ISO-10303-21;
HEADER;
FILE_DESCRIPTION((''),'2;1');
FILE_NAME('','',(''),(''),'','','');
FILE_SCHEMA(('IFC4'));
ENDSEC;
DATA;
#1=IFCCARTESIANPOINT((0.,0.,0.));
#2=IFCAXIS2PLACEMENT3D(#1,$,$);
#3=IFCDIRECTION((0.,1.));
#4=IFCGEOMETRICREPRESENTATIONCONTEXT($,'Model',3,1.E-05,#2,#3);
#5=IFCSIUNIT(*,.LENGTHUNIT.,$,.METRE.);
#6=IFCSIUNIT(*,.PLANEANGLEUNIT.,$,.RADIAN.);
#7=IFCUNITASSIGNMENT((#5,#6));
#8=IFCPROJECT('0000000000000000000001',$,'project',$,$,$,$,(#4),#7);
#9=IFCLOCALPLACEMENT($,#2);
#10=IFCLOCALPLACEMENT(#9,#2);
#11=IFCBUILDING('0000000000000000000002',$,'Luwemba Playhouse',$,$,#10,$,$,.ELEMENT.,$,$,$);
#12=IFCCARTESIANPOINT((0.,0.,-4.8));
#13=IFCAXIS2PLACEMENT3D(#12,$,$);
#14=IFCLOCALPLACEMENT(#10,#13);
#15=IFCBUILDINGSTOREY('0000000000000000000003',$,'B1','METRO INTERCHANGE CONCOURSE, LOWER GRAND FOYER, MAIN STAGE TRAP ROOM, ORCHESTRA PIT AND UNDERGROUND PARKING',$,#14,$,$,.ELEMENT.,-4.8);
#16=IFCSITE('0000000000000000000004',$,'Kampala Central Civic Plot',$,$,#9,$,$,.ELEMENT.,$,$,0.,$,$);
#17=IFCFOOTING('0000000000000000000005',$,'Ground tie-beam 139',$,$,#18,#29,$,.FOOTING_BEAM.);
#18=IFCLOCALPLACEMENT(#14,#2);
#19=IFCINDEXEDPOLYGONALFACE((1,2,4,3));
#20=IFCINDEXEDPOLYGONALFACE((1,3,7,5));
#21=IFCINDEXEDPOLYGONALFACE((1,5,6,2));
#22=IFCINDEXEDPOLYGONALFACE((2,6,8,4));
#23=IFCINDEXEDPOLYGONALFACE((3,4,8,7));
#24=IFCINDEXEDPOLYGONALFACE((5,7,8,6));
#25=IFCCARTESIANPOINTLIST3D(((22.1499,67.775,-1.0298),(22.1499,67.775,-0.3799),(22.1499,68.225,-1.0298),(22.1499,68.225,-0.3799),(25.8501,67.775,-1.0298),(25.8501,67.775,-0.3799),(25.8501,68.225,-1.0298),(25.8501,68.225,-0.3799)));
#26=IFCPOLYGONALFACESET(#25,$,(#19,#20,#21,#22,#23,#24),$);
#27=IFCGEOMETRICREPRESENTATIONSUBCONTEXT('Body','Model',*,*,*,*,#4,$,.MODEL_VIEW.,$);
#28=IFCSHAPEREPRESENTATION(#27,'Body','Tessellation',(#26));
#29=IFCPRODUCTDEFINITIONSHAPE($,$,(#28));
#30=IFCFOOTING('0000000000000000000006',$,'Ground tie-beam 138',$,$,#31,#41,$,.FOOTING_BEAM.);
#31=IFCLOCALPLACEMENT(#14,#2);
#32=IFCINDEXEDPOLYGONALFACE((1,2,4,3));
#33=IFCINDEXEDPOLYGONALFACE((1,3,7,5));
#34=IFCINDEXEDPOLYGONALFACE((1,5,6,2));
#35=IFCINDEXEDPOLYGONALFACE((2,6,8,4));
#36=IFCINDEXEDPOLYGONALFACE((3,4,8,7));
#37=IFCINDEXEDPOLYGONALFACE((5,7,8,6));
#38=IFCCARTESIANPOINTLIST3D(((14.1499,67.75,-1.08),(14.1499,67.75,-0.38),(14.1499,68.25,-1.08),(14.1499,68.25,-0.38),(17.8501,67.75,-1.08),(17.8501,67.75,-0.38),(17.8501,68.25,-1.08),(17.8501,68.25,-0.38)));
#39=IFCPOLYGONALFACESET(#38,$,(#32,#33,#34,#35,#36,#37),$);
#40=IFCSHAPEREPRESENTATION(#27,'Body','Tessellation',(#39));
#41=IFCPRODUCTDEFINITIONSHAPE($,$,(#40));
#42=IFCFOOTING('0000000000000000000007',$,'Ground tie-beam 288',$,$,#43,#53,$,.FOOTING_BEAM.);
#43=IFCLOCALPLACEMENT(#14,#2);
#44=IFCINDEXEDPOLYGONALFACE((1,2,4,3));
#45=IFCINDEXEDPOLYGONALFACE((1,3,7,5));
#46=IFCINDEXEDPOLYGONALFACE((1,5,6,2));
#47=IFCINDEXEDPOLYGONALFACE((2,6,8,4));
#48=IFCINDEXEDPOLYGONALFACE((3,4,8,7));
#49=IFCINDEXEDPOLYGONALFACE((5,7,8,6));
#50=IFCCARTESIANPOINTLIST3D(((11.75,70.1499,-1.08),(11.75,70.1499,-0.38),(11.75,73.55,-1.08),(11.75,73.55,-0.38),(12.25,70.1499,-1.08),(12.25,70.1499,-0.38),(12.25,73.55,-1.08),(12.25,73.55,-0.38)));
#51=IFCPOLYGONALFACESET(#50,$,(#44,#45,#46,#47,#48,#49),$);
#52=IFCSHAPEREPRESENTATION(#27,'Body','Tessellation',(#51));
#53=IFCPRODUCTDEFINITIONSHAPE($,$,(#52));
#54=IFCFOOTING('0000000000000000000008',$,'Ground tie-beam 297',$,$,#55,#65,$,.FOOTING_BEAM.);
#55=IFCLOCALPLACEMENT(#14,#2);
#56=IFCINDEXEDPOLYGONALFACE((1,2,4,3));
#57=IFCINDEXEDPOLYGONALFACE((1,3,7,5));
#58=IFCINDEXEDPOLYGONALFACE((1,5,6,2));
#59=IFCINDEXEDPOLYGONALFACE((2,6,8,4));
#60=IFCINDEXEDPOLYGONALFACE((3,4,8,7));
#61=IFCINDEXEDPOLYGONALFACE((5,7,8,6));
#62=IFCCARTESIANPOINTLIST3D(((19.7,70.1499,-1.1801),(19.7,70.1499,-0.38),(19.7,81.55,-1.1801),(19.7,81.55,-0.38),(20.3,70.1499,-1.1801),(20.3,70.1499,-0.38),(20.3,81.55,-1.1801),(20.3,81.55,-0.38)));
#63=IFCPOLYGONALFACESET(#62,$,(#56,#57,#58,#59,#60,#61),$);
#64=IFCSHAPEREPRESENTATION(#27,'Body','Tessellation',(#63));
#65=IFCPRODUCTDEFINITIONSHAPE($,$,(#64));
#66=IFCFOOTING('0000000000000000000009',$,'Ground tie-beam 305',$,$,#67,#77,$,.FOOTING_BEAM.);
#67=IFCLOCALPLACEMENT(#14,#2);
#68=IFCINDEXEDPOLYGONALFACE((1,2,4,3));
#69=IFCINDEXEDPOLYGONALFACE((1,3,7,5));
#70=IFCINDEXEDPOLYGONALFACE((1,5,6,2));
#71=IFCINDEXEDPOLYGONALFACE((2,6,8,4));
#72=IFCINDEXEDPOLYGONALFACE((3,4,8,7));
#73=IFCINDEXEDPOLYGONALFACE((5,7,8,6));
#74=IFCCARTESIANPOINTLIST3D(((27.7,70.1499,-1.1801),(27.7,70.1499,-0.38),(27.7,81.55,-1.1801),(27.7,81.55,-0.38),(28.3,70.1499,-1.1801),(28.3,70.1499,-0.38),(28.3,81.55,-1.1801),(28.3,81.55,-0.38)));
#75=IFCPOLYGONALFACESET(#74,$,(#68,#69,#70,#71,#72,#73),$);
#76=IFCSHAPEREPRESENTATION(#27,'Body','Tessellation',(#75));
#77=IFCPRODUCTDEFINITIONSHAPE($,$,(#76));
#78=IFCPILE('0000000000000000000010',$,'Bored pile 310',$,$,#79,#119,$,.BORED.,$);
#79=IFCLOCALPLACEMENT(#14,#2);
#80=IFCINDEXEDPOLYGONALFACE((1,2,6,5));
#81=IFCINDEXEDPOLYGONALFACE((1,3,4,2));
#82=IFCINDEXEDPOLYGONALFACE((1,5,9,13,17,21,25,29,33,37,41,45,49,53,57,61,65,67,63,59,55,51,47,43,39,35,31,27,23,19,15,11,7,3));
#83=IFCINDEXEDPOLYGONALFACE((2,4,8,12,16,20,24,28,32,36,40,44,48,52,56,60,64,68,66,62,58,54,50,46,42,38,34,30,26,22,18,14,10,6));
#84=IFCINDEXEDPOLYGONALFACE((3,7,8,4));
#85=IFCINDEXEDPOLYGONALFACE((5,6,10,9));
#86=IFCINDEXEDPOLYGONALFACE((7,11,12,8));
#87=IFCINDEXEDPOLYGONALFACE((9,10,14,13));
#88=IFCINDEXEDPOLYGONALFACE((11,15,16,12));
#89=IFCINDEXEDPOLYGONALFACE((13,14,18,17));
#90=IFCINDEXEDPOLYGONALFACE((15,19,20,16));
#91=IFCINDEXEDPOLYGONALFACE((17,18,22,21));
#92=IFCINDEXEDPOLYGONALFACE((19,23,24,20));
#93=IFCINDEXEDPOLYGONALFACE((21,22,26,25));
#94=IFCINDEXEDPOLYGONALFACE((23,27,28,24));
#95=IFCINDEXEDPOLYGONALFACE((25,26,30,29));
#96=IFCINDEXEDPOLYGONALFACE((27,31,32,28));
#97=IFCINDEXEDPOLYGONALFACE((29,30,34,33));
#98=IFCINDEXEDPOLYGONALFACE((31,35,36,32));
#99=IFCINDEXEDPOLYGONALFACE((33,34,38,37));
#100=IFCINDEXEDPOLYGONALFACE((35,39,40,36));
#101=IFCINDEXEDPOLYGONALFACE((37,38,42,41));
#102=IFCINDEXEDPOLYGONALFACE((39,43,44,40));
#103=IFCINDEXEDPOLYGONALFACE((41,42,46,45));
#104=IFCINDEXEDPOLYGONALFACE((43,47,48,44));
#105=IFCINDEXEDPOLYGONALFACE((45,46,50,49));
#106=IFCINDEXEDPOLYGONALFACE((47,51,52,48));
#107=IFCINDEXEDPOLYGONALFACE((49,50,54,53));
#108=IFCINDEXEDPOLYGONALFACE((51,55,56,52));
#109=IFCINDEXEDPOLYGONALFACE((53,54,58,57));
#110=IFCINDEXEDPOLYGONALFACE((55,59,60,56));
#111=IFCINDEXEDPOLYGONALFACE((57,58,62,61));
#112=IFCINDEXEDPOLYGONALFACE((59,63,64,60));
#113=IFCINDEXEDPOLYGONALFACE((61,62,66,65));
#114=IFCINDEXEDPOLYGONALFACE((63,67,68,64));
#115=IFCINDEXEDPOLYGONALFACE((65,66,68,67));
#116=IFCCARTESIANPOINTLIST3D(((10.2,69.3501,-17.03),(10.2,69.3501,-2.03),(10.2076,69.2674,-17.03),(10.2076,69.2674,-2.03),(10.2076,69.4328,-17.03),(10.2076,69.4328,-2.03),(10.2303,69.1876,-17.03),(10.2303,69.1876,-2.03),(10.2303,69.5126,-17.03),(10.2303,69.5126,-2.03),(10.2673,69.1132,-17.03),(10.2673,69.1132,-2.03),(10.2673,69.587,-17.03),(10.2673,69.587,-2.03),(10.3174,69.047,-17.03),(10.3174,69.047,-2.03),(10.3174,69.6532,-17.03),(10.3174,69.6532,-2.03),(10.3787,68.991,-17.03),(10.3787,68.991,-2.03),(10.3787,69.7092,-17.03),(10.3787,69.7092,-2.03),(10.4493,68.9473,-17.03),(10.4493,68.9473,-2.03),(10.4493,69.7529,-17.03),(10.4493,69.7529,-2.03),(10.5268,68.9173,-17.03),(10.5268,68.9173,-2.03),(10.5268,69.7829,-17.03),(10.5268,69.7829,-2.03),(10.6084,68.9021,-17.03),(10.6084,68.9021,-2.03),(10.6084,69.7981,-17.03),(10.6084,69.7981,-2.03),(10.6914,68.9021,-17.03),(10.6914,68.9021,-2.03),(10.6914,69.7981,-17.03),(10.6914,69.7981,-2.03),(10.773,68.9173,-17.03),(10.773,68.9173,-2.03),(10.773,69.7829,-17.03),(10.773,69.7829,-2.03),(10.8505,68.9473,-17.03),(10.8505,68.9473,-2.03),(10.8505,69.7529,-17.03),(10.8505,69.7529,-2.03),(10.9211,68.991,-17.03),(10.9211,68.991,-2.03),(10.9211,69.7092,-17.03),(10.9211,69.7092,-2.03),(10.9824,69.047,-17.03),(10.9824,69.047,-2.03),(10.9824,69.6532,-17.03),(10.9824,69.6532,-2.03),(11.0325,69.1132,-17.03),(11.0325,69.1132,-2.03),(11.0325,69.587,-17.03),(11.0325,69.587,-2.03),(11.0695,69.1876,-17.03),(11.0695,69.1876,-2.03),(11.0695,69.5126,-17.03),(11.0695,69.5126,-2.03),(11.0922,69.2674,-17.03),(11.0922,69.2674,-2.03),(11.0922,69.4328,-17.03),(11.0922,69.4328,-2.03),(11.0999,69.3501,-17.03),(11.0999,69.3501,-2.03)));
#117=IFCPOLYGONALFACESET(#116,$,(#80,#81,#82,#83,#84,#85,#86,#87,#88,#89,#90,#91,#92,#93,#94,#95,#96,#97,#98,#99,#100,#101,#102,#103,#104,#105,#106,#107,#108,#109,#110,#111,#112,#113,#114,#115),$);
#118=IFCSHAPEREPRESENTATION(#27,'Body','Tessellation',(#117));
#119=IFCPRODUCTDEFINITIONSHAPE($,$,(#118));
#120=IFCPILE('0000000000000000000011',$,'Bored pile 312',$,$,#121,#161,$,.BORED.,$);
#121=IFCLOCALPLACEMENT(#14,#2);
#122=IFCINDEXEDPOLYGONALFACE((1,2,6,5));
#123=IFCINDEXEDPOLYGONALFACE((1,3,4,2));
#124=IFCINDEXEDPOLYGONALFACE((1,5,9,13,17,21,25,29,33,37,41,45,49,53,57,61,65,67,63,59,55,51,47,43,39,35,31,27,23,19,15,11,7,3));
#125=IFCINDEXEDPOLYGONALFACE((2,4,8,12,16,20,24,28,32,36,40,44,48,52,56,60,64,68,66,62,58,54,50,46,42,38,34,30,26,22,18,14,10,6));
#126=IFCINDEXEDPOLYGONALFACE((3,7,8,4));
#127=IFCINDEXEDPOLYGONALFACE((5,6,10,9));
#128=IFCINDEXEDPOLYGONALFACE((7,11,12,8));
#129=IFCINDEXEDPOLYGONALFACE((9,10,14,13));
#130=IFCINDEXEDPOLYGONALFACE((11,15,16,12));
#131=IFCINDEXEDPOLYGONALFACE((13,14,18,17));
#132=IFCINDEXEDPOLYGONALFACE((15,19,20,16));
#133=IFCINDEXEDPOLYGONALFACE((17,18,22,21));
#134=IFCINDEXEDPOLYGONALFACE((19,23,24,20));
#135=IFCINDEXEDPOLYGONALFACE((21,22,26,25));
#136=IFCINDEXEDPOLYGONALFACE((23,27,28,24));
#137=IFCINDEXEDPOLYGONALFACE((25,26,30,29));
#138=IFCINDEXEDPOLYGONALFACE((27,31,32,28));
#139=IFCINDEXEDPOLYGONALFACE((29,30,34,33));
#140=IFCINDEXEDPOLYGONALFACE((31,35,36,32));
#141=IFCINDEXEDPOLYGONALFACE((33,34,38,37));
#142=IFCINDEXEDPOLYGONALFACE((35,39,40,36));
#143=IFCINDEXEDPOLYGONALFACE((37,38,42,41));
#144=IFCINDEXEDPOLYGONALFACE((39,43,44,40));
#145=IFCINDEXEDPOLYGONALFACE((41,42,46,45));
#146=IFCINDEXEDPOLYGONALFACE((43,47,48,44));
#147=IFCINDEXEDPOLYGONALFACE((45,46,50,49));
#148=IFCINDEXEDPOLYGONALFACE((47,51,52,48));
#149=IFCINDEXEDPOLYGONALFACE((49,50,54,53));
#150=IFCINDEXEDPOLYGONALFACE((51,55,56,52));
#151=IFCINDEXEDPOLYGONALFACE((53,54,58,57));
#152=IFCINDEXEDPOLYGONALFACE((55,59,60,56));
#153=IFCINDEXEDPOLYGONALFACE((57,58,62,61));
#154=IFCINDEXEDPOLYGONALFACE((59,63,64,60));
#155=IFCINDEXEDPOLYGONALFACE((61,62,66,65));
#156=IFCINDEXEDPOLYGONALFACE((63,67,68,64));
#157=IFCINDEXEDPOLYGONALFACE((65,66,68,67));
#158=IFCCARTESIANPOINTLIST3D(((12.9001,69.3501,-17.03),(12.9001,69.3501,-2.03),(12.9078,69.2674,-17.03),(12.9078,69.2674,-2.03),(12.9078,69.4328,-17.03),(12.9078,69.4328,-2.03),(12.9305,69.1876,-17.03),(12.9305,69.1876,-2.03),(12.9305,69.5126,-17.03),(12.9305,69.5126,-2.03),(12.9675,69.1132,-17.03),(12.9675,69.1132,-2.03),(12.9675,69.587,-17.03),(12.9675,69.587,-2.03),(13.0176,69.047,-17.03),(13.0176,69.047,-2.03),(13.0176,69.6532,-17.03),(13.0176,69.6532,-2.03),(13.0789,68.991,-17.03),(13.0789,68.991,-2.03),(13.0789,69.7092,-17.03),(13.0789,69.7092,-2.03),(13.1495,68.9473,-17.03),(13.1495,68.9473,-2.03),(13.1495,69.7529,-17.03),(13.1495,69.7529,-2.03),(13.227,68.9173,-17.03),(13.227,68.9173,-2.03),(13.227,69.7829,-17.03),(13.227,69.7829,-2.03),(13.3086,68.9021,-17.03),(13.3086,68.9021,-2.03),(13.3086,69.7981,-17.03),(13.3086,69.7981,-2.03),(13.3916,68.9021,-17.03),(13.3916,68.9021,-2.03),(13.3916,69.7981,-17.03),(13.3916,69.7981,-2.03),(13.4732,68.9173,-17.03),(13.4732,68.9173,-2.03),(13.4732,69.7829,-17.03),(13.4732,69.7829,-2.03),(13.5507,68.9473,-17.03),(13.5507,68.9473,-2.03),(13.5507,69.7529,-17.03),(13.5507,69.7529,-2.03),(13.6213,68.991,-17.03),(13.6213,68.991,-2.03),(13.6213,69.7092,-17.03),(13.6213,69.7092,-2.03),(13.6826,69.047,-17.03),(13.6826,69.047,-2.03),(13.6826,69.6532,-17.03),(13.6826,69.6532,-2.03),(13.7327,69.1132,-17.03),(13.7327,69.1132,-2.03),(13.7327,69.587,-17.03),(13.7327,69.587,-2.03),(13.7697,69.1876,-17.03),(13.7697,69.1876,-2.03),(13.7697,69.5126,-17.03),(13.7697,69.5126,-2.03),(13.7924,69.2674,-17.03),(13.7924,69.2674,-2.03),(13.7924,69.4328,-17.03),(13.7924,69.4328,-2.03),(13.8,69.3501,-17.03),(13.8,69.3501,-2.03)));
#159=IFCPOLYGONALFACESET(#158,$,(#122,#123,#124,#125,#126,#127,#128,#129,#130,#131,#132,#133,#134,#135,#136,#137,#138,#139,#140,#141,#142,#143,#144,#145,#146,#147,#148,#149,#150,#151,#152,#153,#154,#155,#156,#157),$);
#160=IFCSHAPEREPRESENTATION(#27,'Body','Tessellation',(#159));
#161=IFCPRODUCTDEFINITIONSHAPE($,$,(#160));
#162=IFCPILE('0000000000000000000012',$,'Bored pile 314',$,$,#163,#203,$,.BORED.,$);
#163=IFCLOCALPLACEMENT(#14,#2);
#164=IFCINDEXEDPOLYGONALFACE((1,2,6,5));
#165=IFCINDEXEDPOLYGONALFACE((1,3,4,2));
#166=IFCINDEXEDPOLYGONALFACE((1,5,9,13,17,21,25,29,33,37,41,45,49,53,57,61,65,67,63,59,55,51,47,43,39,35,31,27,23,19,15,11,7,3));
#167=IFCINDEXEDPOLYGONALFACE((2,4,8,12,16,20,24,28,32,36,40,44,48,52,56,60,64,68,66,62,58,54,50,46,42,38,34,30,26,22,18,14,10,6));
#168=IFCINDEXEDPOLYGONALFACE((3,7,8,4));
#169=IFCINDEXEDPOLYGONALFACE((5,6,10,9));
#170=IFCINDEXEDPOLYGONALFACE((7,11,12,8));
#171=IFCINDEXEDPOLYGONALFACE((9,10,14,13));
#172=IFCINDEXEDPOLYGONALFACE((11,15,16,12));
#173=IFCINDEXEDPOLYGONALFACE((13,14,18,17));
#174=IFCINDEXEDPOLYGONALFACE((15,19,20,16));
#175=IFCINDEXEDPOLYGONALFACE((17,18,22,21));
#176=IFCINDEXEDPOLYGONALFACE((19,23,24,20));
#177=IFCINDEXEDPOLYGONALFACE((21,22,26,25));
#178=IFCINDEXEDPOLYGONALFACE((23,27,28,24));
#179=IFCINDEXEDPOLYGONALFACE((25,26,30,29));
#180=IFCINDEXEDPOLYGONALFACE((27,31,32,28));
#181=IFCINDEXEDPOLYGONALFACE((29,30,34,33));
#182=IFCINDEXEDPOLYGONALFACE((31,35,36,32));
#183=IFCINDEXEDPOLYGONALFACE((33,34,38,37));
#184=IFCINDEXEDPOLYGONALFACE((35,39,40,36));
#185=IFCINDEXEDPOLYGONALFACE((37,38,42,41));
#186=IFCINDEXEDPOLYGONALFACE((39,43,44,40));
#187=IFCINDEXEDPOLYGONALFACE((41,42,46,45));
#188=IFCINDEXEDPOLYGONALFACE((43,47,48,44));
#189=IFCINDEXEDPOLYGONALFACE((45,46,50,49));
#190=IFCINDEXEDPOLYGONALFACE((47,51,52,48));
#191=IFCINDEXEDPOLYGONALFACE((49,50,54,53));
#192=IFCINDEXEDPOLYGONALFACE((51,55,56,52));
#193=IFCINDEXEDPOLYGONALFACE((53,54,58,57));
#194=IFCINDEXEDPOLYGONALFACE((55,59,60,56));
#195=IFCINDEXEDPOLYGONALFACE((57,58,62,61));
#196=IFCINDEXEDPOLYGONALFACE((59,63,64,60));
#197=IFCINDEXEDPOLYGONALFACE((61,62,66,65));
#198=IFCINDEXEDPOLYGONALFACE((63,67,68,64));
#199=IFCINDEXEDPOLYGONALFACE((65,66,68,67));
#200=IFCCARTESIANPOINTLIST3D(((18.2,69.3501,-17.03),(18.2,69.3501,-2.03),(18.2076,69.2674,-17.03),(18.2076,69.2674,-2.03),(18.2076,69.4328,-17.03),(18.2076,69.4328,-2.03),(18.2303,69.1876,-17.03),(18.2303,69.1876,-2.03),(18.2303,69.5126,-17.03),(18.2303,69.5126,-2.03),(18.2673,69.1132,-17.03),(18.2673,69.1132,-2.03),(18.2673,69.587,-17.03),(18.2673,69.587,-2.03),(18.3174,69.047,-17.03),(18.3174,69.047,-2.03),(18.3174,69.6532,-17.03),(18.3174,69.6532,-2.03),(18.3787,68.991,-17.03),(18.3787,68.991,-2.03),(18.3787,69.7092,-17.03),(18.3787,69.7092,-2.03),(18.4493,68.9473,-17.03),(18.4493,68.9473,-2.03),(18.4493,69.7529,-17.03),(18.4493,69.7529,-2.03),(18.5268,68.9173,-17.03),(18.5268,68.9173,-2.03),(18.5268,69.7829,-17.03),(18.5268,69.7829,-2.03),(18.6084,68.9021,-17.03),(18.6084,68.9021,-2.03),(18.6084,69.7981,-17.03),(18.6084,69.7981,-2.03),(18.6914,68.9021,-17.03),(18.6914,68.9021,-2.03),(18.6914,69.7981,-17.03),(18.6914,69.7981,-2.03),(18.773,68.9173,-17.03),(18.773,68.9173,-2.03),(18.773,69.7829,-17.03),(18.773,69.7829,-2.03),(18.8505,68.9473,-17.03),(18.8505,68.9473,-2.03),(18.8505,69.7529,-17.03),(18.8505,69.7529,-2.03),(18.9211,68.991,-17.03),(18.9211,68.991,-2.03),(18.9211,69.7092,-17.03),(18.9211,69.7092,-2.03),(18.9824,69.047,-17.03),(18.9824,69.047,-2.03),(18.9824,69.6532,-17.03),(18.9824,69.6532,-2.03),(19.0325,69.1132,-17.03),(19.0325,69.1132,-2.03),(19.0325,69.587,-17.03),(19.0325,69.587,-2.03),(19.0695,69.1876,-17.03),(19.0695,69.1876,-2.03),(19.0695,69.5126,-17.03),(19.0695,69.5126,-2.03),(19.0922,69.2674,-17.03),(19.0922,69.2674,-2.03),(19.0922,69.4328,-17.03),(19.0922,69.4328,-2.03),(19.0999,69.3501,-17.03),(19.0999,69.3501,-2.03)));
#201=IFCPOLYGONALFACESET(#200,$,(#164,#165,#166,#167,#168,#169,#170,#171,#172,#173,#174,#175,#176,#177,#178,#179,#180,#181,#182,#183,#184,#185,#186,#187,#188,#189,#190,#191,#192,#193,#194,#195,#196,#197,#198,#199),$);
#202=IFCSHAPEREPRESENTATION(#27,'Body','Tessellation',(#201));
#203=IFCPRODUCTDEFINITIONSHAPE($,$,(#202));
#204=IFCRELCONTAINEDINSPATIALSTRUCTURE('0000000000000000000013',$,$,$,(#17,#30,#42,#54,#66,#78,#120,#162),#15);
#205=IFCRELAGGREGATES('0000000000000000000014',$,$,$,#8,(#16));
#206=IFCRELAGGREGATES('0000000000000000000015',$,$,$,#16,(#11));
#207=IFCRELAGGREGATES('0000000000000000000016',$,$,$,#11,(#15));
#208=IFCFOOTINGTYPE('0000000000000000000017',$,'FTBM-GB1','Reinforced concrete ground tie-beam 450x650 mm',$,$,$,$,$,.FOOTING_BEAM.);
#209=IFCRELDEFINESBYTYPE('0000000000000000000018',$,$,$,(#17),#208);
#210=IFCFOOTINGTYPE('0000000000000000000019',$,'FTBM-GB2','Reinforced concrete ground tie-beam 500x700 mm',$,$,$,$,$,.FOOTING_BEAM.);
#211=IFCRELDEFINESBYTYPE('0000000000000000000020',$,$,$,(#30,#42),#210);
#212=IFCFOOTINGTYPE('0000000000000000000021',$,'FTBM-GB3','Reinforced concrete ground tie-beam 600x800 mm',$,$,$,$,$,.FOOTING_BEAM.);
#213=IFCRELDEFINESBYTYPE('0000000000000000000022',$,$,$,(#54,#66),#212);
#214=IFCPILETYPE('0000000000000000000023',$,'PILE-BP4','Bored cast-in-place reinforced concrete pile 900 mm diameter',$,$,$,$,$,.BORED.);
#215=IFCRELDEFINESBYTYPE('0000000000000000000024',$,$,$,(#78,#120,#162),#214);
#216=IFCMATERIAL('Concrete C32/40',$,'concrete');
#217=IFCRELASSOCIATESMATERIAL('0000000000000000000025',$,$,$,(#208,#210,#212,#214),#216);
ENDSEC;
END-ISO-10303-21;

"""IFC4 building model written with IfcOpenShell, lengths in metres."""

from ifc_helpers import new_model, si_unit, direction, frame, origin, origin_2d, place, context, subcontext, project, spatial, rectangle, circle, extrude, material, material_profile, profile_set, type_object, element, save


model = new_model("IFC4")

# Units and contexts
model_context = context("Model", 3, precision=1e-05, world=origin(), true_north=direction((0.0, 1.0)))
body_context = subcontext(model_context, "Body", "Model", "MODEL_VIEW")
ifc_project = project(units=[si_unit("LENGTHUNIT", "METRE"), si_unit("PLANEANGLEUNIT", "RADIAN")], contexts=[model_context])

# Site, building, storey
site_placement = place(None, origin())
site = spatial("IfcSite", under=ifc_project, at=site_placement, Name="Kampala Central Civic Plot", CompositionType="ELEMENT", RefElevation=0.0)
building_placement = place(site_placement, origin())
building = spatial("IfcBuilding", under=site, at=building_placement, Name="Luwemba Playhouse", CompositionType="ELEMENT")
storey_placement = place(building_placement, frame((0.0, 0.0, -4.8)))
storey = spatial("IfcBuildingStorey", under=building, at=storey_placement, Name="B1", Description="METRO INTERCHANGE CONCOURSE, LOWER GRAND FOYER, MAIN STAGE TRAP ROOM, ORCHESTRA PIT AND UNDERGROUND PARKING", CompositionType="ELEMENT", Elevation=-4.8)

# Footings
ifc_material_1 = material(Name="Concrete C32/40", Category="concrete")
ifc_material_profile_1 = material_profile(ifc_material_1, rectangle(XDim=0.45, YDim=0.6499, at=origin_2d()))
ifc_profile_set_1 = profile_set([ifc_material_profile_1], Name="Concrete C32/40")
footing_type_1 = type_object("IfcFootingType", Name="FTBM-GB1", Description="Reinforced concrete ground tie-beam 450x650 mm", PredefinedType="FOOTING_BEAM", material=ifc_profile_set_1)
footing_1_placement = place(storey_placement, frame((22.1499, 68.0, -0.7048), z_axis=(1.0, 0.0, 0.0), x_axis=(0.0, 1.0, 0.0)))
element("IfcFooting", 1, at=footing_1_placement, inside=storey, type_object=footing_type_1, Name="Ground tie-beam 139", PredefinedType="FOOTING_BEAM", context=body_context, shape_type="SweptSolid", body=[
    extrude(rectangle(XDim=0.45, YDim=0.6499, at=origin_2d()), origin(), (0.0, 0.0, 1.0), 3.7002),
])
ifc_material_profile_2 = material_profile(ifc_material_1, rectangle(XDim=0.5, YDim=0.7, at=origin_2d()))
ifc_profile_set_2 = profile_set([ifc_material_profile_2], Name="Concrete C32/40")
footing_type_2 = type_object("IfcFootingType", Name="FTBM-GB2", Description="Reinforced concrete ground tie-beam 500x700 mm", PredefinedType="FOOTING_BEAM", material=ifc_profile_set_2)
footing_2_placement = place(storey_placement, frame((14.1499, 68.0, -0.73), z_axis=(1.0, 0.0, 0.0), x_axis=(0.0, 1.0, 0.0)))
element("IfcFooting", 2, at=footing_2_placement, inside=storey, type_object=footing_type_2, Name="Ground tie-beam 138", PredefinedType="FOOTING_BEAM", context=body_context, shape_type="SweptSolid", body=[
    extrude(rectangle(XDim=0.5, YDim=0.7, at=origin_2d()), origin(), (0.0, 0.0, 1.0), 3.7002),
])
footing_3_placement = place(storey_placement, frame((12.0, 70.1499, -0.73), z_axis=(0.0, 1.0, 0.0), x_axis=(-1.0, 0.0, 0.0)))
element("IfcFooting", 3, at=footing_3_placement, inside=storey, type_object=footing_type_2, Name="Ground tie-beam 288", PredefinedType="FOOTING_BEAM", context=body_context, shape_type="SweptSolid", body=[
    extrude(rectangle(XDim=0.5, YDim=0.7, at=origin_2d()), origin(), (0.0, 0.0, 1.0), 3.4001),
])
ifc_material_profile_3 = material_profile(ifc_material_1, rectangle(XDim=0.6001, YDim=0.8, at=origin_2d()))
ifc_profile_set_3 = profile_set([ifc_material_profile_3], Name="Concrete C32/40")
footing_type_3 = type_object("IfcFootingType", Name="FTBM-GB3", Description="Reinforced concrete ground tie-beam 600x800 mm", PredefinedType="FOOTING_BEAM", material=ifc_profile_set_3)
for number, where, z_axis, x_axis, name in (
    (4, (20.0, 70.1499, -0.78), (0.0, 1.0, 0.0), (-1.0, 0.0, 0.0), "Ground tie-beam 297"),
    (5, (28.0, 70.1499, -0.78), (0.0, 1.0, 0.0), (-1.0, 0.0, 0.0), "Ground tie-beam 305"),
):
    element("IfcFooting", number, at=place(storey_placement, frame(where, z_axis=z_axis, x_axis=x_axis)), inside=storey, type_object=footing_type_3, Name=name, PredefinedType="FOOTING_BEAM", context=body_context, shape_type="SweptSolid", body=[
        extrude(rectangle(XDim=0.6001, YDim=0.8, at=origin_2d()), origin(), (0.0, 0.0, 1.0), 11.4001),
    ])

# Piles
ifc_material_profile_4 = material_profile(ifc_material_1, circle(Radius=0.45, at=origin_2d()))
ifc_profile_set_4 = profile_set([ifc_material_profile_4], Name="Concrete C32/40")
pile_type_1 = type_object("IfcPileType", Name="PILE-BP4", Description="Bored cast-in-place reinforced concrete pile 900 mm diameter", PredefinedType="BORED", material=ifc_profile_set_4)
for number, where, z_axis, x_axis, name in (
    (6, (10.6499, 69.3501, -2.03), (0.0, 0.0, -1.0), (1.0, 0.0, 0.0), "Bored pile 310"),
    (7, (13.3501, 69.3501, -2.03), (0.0, 0.0, -1.0), (1.0, 0.0, 0.0), "Bored pile 312"),
    (8, (18.6499, 69.3501, -2.03), (0.0, 0.0, -1.0), (1.0, 0.0, 0.0), "Bored pile 314"),
):
    element("IfcPile", number, at=place(storey_placement, frame(where, z_axis=z_axis, x_axis=x_axis)), inside=storey, type_object=pile_type_1, Name=name, PredefinedType="BORED", context=body_context, shape_type="SweptSolid", body=[
        extrude(circle(Radius=0.45, at=origin_2d()), origin(), (0.0, 0.0, 1.0), 15.0),
    ])

save(model, "model.ifc")
